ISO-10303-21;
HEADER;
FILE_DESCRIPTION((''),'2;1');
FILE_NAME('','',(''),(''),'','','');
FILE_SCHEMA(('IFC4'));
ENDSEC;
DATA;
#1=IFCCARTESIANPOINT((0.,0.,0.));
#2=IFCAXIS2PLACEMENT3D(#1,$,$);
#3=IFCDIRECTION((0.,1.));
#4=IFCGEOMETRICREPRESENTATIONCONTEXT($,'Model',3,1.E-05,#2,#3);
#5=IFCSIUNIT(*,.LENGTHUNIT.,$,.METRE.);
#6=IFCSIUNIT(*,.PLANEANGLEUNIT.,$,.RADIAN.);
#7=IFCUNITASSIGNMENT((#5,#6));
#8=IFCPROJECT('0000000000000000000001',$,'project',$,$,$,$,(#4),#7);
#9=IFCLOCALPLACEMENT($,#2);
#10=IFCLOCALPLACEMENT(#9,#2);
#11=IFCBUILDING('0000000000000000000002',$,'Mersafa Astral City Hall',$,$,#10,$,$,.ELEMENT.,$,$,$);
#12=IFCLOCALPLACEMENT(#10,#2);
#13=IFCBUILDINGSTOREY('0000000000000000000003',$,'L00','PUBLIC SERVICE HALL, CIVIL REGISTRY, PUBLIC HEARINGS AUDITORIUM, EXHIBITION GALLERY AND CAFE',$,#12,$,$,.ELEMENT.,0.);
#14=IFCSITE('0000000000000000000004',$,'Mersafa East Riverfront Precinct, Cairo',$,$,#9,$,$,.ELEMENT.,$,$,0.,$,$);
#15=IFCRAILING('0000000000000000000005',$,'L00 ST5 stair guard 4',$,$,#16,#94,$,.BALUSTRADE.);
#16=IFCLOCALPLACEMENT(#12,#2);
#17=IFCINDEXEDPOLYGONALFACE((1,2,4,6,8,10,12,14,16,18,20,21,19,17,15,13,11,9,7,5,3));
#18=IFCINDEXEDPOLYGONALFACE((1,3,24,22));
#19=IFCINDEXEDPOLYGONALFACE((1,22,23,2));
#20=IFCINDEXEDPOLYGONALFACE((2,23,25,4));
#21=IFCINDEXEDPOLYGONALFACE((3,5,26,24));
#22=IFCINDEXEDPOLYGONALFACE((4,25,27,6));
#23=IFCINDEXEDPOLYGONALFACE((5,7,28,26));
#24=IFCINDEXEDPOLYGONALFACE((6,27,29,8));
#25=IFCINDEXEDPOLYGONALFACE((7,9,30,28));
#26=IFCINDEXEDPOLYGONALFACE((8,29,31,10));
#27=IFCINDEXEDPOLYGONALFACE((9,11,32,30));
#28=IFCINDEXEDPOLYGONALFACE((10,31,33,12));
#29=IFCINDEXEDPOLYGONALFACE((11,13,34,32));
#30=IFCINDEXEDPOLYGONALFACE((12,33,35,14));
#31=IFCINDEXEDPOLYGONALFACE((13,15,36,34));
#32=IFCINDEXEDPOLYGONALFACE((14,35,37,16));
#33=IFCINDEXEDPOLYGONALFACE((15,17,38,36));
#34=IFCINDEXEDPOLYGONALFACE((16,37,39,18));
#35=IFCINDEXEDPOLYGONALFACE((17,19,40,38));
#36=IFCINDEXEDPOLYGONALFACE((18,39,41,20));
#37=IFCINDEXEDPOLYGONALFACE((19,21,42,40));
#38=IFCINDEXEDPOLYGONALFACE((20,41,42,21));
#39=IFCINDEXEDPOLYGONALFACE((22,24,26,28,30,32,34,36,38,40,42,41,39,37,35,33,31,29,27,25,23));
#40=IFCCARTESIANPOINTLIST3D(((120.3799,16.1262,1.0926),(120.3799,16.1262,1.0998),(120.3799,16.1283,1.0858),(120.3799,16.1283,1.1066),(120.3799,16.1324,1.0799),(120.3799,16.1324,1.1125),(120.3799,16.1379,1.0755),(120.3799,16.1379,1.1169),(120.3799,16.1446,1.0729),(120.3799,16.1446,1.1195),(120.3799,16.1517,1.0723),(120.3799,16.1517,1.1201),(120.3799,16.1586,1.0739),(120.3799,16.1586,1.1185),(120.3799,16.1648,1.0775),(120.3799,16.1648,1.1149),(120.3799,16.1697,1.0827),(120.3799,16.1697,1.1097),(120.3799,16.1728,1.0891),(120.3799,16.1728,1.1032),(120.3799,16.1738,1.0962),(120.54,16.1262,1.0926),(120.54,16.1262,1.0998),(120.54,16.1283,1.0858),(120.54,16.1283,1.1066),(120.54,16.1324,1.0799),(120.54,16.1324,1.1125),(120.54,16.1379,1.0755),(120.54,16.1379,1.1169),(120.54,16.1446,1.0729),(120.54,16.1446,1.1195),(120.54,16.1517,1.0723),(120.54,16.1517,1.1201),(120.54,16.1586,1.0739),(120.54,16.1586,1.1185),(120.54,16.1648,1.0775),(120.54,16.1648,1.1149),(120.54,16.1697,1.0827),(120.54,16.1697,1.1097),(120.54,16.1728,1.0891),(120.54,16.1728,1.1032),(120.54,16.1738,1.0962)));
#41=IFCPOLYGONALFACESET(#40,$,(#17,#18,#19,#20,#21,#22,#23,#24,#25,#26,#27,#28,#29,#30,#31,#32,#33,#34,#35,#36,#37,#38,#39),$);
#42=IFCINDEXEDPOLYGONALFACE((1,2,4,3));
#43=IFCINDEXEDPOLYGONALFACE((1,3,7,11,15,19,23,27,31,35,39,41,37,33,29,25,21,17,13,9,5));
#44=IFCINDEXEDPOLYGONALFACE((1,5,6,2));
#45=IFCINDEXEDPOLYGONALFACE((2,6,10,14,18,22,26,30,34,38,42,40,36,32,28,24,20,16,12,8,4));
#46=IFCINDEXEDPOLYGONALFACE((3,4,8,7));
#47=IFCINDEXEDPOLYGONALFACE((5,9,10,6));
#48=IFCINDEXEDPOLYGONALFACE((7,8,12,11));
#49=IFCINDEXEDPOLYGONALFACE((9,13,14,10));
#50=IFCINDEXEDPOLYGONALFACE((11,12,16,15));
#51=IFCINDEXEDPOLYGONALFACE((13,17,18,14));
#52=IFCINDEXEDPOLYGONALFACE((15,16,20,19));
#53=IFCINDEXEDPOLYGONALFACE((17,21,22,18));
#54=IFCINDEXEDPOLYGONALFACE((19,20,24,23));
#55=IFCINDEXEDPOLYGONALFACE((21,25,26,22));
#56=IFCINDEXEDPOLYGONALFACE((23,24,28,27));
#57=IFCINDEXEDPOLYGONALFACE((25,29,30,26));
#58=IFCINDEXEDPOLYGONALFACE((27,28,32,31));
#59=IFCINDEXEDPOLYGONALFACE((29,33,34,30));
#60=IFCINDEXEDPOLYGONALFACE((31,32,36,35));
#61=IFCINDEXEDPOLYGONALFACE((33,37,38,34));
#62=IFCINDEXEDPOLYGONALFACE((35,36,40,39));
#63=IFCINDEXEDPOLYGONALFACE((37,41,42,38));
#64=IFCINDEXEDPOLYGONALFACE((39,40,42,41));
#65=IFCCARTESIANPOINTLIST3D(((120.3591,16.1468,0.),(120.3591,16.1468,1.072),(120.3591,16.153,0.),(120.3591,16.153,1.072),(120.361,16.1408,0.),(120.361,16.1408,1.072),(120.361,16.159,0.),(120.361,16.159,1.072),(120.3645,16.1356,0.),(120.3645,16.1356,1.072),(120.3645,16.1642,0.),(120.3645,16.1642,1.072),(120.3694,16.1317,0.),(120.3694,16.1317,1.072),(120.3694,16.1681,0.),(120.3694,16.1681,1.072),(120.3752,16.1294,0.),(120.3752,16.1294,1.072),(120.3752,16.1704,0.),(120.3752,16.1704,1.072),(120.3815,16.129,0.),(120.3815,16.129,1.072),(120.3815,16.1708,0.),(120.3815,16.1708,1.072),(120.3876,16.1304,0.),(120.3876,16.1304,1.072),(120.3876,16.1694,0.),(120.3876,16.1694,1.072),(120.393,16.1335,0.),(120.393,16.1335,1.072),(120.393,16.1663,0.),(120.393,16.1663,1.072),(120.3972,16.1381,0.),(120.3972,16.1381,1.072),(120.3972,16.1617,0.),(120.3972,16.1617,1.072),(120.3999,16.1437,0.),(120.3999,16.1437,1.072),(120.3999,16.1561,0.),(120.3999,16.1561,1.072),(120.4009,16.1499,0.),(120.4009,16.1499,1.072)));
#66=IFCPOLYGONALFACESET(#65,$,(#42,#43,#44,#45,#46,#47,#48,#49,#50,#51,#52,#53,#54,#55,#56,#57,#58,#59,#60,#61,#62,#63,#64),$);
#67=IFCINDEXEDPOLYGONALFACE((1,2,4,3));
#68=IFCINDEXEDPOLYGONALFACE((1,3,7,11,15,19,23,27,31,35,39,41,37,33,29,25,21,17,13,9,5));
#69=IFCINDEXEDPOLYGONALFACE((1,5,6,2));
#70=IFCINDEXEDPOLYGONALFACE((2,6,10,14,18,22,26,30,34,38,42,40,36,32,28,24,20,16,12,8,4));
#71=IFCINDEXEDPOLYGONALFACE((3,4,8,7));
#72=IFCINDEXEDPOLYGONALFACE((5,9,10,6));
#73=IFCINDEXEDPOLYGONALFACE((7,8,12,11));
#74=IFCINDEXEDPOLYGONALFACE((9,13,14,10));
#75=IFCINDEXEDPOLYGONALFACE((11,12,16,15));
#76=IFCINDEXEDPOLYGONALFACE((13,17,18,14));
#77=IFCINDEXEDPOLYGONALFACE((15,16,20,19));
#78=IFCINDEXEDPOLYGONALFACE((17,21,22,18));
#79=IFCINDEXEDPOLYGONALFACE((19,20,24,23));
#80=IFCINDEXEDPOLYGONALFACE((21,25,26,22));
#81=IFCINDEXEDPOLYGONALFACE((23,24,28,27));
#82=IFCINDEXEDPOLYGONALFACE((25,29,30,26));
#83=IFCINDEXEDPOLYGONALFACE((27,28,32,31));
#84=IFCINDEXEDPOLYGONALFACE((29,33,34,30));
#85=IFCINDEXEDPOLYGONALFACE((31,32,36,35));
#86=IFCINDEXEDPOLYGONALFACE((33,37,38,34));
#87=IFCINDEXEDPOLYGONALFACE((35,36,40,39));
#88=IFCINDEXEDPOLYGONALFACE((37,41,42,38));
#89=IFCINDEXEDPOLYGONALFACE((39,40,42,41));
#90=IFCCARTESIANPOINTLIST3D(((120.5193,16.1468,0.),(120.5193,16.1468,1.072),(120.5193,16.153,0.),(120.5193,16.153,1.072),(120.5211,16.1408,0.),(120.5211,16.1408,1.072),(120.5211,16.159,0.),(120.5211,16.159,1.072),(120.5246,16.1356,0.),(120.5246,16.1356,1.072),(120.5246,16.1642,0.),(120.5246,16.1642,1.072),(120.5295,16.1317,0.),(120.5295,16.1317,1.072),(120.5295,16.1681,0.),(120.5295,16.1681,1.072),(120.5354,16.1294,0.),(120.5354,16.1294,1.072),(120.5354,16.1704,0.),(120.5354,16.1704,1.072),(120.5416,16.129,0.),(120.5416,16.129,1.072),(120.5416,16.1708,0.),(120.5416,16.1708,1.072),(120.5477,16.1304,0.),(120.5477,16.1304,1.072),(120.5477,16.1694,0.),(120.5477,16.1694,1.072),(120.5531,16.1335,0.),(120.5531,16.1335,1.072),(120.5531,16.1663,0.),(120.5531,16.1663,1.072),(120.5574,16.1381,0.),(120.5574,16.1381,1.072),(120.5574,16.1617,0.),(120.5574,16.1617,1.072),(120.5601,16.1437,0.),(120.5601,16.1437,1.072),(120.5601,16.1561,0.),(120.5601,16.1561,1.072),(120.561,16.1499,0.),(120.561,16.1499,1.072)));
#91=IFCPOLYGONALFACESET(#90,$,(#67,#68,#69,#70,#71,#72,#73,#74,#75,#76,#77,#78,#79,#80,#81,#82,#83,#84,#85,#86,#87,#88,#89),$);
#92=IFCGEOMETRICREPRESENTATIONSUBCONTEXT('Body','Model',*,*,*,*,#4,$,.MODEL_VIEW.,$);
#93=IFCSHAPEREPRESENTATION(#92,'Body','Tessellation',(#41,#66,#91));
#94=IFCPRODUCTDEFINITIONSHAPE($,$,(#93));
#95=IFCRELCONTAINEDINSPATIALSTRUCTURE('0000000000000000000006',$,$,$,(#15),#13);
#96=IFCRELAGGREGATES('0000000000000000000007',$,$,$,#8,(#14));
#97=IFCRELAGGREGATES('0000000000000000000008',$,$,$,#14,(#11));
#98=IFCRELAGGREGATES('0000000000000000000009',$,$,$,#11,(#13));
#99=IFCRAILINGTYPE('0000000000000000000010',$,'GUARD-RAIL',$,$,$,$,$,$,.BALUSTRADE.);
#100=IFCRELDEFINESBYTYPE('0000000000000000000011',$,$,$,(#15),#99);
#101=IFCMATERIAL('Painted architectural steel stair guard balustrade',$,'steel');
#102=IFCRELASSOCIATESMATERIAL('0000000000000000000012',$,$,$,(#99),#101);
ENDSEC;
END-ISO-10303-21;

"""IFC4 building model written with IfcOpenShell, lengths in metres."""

from ifc_helpers import new_model, si_unit, direction, frame, origin, origin_2d, place, context, subcontext, project, spatial, circle, extrude, material, type_object, element, save


model = new_model("IFC4")

# Units and contexts
model_context = context("Model", 3, precision=1e-05, world=origin(), true_north=direction((0.0, 1.0)))
body_context = subcontext(model_context, "Body", "Model", "MODEL_VIEW")
ifc_project = project(units=[si_unit("LENGTHUNIT", "METRE"), si_unit("PLANEANGLEUNIT", "RADIAN")], contexts=[model_context])

# Site, building, storey
site_placement = place(None, origin())
site = spatial("IfcSite", under=ifc_project, at=site_placement, Name="Mersafa East Riverfront Precinct, Cairo", CompositionType="ELEMENT", RefElevation=0.0)
building_placement = place(site_placement, origin())
building = spatial("IfcBuilding", under=site, at=building_placement, Name="Mersafa Astral City Hall", CompositionType="ELEMENT")
storey_placement = place(building_placement, origin())
storey = spatial("IfcBuildingStorey", under=building, at=storey_placement, Name="L00", Description="PUBLIC SERVICE HALL, CIVIL REGISTRY, PUBLIC HEARINGS AUDITORIUM, EXHIBITION GALLERY AND CAFE", CompositionType="ELEMENT", Elevation=0.0)

# Railing
ifc_material_1 = material(Name="Painted architectural steel stair guard balustrade", Category="steel")
railing_type_1 = type_object("IfcRailingType", Name="GUARD-RAIL", PredefinedType="BALUSTRADE", material=ifc_material_1)
railing_1_placement = place(storey_placement, frame((120.3799, 16.1499, 0.0)))
element("IfcRailing", 1, at=railing_1_placement, inside=storey, type_object=railing_type_1, Name="L00 ST5 stair guard 4", PredefinedType="BALUSTRADE", context=body_context, shape_type="SweptSolid", body=[
    extrude(circle(Radius=0.0239, at=origin_2d()), frame((0.0, 0.0, 1.0962), z_axis=(1.0, 0.0, 0.0), x_axis=(0.0, 1.0, 0.0)), (0.0, 0.0, 1.0), 0.1602),
    extrude(circle(Radius=0.021, at=origin_2d()), origin(), (0.0, 0.0, 1.0), 1.072),
    extrude(circle(Radius=0.021, at=origin_2d()), frame((0.1602, 0.0, 0.0)), (0.0, 0.0, 1.0), 1.072),
])

save(model, "model.ifc")
